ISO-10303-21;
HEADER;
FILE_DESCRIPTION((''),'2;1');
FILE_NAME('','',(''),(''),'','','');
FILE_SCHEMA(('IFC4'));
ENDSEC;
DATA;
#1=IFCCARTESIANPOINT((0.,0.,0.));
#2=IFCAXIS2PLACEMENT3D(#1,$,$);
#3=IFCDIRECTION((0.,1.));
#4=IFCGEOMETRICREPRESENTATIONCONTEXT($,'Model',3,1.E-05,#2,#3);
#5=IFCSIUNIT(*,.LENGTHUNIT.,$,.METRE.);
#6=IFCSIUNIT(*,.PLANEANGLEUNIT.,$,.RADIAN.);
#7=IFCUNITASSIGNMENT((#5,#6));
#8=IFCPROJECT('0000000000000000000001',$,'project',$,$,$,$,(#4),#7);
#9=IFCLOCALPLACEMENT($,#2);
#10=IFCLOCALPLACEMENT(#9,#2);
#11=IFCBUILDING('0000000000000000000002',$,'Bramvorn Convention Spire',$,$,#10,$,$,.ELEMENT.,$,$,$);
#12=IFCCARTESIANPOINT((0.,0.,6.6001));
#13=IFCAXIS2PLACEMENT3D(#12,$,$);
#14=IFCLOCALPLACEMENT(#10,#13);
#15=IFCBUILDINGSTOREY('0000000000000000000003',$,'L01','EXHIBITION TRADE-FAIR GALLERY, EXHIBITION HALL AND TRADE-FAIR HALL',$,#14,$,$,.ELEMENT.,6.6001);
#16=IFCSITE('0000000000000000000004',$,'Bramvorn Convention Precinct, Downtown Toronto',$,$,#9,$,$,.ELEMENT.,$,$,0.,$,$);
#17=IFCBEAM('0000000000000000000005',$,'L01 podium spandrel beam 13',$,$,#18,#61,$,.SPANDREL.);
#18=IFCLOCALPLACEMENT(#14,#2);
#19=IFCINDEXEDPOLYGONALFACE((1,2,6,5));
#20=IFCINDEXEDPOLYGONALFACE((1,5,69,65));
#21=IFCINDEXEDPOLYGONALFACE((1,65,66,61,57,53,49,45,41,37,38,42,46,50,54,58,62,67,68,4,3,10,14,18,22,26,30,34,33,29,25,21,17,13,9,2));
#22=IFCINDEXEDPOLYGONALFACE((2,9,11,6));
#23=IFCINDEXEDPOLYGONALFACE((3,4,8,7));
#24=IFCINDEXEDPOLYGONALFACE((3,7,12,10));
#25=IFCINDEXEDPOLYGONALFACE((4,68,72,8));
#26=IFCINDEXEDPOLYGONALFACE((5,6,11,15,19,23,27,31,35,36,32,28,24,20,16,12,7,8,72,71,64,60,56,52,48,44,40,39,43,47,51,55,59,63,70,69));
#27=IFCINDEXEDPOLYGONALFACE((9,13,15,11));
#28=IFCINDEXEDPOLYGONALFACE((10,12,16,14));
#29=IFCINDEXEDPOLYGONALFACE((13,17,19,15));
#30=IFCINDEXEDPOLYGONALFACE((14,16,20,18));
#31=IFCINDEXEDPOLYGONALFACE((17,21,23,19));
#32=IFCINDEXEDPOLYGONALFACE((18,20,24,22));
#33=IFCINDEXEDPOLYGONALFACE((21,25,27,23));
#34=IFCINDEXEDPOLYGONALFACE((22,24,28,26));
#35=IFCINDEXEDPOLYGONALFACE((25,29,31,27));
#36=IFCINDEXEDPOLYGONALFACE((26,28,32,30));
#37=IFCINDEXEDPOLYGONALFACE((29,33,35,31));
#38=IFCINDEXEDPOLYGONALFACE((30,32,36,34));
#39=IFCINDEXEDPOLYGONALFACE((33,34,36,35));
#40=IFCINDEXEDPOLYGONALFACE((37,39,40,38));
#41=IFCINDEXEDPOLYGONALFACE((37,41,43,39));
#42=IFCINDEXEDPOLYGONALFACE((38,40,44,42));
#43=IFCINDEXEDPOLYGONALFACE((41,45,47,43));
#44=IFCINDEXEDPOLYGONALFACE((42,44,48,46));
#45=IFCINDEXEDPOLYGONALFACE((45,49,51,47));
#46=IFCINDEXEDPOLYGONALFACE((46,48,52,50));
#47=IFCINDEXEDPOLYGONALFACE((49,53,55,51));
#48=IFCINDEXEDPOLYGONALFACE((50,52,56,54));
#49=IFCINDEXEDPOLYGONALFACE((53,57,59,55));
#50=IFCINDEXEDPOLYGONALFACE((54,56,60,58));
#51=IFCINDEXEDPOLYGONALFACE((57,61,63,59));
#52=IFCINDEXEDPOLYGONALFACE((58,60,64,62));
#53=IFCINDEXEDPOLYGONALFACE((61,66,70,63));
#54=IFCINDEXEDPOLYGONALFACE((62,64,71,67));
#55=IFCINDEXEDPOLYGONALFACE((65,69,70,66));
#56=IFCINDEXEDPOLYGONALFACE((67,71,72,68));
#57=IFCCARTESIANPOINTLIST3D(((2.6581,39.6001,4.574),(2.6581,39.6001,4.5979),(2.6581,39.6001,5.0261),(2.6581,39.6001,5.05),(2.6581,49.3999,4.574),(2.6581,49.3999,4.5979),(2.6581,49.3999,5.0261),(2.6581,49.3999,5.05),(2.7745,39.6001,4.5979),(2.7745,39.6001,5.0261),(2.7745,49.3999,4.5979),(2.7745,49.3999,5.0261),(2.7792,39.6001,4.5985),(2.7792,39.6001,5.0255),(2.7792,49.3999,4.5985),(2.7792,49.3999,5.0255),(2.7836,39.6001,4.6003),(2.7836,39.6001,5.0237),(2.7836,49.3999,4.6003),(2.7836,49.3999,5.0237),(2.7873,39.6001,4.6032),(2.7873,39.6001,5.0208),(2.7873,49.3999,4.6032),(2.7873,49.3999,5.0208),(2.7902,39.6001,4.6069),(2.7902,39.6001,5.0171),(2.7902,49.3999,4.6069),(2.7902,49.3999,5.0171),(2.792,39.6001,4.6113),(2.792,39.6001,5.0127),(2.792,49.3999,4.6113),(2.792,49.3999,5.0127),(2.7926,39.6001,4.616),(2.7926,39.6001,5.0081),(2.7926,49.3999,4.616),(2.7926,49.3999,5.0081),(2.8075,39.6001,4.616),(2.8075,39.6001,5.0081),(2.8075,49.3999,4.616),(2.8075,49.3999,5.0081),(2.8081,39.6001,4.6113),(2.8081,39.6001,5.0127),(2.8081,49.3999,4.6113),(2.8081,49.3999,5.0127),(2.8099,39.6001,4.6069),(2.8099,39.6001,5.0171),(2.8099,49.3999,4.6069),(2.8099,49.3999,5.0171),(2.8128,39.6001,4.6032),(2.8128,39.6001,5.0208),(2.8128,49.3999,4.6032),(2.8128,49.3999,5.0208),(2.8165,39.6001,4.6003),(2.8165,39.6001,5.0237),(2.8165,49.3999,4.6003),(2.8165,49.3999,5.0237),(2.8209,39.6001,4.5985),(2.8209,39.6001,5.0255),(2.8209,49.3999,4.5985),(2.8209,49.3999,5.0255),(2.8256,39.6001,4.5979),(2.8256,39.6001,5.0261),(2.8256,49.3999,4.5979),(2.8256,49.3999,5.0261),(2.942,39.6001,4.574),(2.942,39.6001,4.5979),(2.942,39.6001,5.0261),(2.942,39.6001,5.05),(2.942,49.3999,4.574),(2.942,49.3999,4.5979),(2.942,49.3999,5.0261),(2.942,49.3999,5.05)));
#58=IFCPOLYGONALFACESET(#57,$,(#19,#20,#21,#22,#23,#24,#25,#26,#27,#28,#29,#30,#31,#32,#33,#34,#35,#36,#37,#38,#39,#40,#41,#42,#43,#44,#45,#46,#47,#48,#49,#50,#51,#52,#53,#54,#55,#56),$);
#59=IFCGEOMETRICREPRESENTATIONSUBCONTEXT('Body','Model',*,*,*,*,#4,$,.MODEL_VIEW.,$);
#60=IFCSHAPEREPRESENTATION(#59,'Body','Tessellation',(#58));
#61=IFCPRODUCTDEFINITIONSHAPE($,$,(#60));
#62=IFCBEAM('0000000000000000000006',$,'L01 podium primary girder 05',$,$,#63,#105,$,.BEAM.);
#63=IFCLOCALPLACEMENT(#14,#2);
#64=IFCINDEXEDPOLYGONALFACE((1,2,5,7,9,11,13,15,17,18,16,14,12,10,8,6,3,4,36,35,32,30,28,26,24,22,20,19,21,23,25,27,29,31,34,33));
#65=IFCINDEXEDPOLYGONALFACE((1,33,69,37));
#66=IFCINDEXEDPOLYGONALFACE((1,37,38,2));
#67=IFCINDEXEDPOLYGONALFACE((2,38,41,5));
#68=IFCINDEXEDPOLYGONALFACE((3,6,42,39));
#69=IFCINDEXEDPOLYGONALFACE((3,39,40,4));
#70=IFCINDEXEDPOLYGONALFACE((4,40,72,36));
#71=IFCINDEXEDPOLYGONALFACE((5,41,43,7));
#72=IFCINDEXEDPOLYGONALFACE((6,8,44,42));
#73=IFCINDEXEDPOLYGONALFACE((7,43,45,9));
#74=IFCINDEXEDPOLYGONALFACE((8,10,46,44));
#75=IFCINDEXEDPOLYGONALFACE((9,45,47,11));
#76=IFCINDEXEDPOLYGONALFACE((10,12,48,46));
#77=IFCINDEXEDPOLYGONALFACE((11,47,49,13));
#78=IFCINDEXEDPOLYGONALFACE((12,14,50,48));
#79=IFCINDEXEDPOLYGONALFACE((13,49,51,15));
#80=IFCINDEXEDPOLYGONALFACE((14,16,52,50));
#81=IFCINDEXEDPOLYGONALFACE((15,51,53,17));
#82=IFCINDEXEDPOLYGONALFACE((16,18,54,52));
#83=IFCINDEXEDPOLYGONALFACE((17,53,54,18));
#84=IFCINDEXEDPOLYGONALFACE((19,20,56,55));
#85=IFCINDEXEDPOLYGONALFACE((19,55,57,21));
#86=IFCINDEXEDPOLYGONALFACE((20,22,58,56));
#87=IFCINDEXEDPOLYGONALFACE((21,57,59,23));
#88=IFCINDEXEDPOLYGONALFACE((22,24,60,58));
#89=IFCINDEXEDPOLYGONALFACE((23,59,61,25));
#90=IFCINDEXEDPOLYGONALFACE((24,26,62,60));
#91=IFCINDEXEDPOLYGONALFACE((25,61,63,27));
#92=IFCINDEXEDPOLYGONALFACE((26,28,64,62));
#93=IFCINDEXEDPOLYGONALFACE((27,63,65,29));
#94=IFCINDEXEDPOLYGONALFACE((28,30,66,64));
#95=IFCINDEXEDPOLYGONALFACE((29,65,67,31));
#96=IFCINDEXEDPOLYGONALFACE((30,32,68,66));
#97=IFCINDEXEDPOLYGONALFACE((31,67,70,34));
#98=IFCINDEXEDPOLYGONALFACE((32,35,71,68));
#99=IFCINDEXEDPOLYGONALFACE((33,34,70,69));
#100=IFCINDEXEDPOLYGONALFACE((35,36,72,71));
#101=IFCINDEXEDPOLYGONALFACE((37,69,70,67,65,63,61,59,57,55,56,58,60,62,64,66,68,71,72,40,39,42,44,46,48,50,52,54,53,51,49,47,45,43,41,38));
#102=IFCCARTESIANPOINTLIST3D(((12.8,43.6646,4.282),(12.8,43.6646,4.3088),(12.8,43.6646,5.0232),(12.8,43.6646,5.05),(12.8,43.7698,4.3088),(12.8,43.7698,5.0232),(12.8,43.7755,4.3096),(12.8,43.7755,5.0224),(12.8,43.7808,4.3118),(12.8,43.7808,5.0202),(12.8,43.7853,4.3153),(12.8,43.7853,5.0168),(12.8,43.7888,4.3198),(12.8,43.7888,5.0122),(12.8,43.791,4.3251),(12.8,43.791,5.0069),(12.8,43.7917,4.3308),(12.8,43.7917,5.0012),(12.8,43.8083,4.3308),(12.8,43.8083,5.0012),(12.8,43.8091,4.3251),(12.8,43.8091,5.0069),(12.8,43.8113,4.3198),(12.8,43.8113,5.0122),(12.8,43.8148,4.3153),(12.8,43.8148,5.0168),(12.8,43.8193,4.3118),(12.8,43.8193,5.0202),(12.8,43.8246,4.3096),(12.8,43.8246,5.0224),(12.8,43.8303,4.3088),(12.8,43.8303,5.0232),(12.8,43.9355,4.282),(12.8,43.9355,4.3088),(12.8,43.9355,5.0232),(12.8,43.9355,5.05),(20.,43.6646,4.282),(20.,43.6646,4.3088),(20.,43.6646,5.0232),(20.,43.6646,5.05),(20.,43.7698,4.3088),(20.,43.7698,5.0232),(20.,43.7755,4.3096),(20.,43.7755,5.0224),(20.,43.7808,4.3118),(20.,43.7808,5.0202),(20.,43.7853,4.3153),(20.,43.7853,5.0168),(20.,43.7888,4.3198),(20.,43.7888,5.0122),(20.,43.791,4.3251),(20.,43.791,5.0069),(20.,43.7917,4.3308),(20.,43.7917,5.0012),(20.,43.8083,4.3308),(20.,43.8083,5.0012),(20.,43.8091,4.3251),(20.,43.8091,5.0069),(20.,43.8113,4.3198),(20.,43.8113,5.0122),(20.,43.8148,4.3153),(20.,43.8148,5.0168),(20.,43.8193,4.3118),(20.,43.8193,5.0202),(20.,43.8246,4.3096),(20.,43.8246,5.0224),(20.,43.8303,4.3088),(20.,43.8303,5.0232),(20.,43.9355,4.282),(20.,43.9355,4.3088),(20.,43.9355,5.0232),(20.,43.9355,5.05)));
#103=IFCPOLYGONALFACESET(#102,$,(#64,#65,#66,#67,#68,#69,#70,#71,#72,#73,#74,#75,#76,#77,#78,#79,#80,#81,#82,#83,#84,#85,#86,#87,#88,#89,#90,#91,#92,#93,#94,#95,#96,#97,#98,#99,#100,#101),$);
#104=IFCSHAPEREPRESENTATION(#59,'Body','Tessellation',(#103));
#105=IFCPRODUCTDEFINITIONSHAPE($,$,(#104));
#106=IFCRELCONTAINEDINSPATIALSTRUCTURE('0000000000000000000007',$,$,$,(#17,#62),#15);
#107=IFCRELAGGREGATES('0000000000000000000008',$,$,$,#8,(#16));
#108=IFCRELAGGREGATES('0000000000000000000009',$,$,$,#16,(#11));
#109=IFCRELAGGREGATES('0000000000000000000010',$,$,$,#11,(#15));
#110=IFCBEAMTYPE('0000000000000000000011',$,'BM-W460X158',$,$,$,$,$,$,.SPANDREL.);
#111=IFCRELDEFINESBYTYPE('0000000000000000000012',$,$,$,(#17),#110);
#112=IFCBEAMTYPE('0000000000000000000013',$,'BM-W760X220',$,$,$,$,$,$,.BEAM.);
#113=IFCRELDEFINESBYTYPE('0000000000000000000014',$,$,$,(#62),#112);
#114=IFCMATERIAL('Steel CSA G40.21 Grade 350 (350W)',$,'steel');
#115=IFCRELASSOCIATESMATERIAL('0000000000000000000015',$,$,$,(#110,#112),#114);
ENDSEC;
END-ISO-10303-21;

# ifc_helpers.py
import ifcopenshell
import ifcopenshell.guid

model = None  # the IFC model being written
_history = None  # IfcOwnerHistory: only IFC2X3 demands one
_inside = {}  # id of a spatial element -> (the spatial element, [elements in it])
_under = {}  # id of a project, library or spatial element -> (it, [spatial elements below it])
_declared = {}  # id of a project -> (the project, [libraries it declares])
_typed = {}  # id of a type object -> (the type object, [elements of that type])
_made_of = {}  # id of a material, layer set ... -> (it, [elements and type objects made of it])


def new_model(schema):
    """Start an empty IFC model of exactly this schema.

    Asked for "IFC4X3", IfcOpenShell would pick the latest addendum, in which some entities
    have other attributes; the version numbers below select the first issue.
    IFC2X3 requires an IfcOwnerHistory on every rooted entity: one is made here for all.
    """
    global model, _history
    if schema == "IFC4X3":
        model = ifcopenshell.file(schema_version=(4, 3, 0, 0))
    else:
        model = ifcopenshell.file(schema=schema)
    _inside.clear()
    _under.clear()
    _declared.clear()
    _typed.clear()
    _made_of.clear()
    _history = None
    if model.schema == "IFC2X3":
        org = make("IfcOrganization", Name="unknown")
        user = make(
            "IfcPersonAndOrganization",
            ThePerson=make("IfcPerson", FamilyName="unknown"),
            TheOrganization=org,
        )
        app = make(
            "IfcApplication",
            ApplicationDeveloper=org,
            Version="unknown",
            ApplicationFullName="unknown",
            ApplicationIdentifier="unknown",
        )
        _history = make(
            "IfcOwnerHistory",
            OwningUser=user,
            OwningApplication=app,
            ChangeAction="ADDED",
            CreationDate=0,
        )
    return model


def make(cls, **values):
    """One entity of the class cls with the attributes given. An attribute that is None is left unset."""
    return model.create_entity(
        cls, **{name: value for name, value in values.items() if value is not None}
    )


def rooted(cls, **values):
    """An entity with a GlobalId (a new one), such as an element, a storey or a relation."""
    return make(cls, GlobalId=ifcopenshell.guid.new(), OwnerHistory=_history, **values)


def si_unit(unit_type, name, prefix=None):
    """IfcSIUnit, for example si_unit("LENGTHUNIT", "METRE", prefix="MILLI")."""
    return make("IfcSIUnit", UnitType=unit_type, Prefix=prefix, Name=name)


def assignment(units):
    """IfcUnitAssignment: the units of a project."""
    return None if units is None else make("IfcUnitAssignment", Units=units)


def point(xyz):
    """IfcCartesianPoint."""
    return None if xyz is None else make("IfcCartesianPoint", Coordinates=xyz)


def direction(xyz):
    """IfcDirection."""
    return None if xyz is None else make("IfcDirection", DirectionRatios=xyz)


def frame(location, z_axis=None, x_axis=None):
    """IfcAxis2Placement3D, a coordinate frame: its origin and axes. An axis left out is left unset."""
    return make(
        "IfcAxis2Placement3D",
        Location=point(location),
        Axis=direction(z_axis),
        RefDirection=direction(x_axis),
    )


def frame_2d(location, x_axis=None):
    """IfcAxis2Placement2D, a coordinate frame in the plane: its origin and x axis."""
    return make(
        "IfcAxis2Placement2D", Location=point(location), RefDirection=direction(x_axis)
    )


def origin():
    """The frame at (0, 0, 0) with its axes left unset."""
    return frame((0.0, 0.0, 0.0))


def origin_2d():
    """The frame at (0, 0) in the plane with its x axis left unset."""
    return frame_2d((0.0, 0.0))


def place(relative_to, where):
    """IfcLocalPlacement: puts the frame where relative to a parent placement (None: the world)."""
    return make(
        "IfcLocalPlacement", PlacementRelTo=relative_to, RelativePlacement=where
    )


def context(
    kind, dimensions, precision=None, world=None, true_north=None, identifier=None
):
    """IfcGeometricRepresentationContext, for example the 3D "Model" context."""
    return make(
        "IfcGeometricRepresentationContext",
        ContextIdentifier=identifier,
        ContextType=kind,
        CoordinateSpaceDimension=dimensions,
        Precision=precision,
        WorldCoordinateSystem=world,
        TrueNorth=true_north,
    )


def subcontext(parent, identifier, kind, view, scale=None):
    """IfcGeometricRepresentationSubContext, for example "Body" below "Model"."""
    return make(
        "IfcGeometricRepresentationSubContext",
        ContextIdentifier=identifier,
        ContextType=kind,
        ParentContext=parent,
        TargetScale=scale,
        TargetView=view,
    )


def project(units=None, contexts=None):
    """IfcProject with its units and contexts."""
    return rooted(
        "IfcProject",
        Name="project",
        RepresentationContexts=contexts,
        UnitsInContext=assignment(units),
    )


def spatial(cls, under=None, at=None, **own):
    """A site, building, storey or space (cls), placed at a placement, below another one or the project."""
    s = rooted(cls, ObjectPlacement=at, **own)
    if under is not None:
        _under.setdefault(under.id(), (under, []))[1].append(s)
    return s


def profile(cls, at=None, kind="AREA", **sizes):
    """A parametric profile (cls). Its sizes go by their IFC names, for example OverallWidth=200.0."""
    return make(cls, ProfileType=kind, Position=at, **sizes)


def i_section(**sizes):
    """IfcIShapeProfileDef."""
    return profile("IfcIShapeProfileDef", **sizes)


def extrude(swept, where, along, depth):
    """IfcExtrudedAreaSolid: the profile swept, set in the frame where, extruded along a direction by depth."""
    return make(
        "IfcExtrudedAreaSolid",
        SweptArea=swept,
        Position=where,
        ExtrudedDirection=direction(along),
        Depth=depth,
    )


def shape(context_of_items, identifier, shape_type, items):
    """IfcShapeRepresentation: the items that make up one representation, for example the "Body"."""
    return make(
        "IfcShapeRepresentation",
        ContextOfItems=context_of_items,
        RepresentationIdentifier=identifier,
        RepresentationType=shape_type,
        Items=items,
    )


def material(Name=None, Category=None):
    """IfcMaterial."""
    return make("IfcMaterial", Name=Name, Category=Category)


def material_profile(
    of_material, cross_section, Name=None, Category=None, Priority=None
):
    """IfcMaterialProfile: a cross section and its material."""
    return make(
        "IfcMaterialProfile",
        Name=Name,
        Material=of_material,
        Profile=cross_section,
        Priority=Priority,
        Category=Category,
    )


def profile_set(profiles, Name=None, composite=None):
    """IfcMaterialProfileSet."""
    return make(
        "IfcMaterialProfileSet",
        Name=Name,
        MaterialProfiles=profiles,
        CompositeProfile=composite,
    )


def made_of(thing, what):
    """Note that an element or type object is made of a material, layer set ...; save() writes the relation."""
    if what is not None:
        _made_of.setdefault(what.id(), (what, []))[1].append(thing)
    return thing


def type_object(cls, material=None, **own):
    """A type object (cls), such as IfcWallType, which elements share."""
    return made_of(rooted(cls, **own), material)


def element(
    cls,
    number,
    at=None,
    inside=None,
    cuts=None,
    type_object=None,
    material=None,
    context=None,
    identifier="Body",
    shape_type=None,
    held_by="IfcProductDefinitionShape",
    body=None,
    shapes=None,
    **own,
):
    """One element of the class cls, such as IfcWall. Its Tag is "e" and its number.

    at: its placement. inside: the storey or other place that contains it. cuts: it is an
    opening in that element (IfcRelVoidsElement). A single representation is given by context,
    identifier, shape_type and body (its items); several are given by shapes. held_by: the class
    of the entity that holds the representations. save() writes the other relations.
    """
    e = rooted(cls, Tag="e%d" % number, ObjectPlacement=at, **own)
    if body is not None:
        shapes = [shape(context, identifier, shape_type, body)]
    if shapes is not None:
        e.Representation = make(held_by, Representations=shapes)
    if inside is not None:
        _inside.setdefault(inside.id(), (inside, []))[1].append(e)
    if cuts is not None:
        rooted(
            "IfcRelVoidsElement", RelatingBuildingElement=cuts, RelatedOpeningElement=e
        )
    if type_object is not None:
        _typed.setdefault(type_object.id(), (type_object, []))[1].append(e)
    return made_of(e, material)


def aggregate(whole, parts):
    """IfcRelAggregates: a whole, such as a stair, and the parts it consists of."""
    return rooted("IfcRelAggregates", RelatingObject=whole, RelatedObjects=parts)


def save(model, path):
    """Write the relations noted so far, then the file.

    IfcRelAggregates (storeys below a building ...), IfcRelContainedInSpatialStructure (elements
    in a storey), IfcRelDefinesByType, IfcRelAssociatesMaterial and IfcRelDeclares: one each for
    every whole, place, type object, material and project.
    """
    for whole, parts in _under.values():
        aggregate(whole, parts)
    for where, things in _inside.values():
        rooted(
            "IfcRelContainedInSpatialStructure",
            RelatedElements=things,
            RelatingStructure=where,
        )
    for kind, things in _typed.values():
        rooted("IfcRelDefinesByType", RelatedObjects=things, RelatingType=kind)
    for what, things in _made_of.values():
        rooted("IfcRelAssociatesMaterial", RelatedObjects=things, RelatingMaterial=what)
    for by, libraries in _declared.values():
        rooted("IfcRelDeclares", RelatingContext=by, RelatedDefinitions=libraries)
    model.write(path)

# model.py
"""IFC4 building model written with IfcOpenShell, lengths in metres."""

from ifc_helpers import new_model, si_unit, direction, frame, origin, origin_2d, place, context, subcontext, project, spatial, i_section, extrude, material, material_profile, profile_set, type_object, element, save


model = new_model("IFC4")

# Units and contexts
model_context = context("Model", 3, precision=1e-05, world=origin(), true_north=direction((0.0, 1.0)))
body_context = subcontext(model_context, "Body", "Model", "MODEL_VIEW")
ifc_project = project(units=[si_unit("LENGTHUNIT", "METRE"), si_unit("PLANEANGLEUNIT", "RADIAN")], contexts=[model_context])

# Site, building, storey
site_placement = place(None, origin())
site = spatial("IfcSite", under=ifc_project, at=site_placement, Name="Bramvorn Convention Precinct, Downtown Toronto", CompositionType="ELEMENT", RefElevation=0.0)
building_placement = place(site_placement, origin())
building = spatial("IfcBuilding", under=site, at=building_placement, Name="Bramvorn Convention Spire", CompositionType="ELEMENT")
storey_placement = place(building_placement, frame((0.0, 0.0, 6.6001)))
storey = spatial("IfcBuildingStorey", under=building, at=storey_placement, Name="L01", Description="EXHIBITION TRADE-FAIR GALLERY, EXHIBITION HALL AND TRADE-FAIR HALL", CompositionType="ELEMENT", Elevation=6.6001)

# Shared definitions
ifc_material_1 = material(Name="Steel CSA G40.21 Grade 350 (350W)", Category="steel")

# Beams
ifc_material_profile_1 = material_profile(ifc_material_1, i_section(OverallWidth=0.2839, OverallDepth=0.4761, WebThickness=0.0149, FlangeThickness=0.0239, FilletRadius=0.0181, at=origin_2d()))
ifc_profile_set_1 = profile_set([ifc_material_profile_1], Name="Steel CSA G40.21 Grade 350 (350W) - W460X158")
beam_type_1 = type_object("IfcBeamType", Name="BM-W460X158", PredefinedType="SPANDREL", material=ifc_profile_set_1)
beam_1_placement = place(storey_placement, frame((2.8, 49.3999, 4.812), z_axis=(0.0, -1.0, 0.0), x_axis=(1.0, 0.0, 0.0)))
element("IfcBeam", 1, at=beam_1_placement, inside=storey, type_object=beam_type_1, Name="L01 podium spandrel beam 13", PredefinedType="SPANDREL", context=body_context, shape_type="SweptSolid", body=[
    extrude(i_section(OverallWidth=0.2839, OverallDepth=0.4761, WebThickness=0.0149, FlangeThickness=0.0239, FilletRadius=0.0181, at=origin_2d()), origin(), (0.0, 0.0, 1.0), 9.7998),
])
ifc_material_profile_2 = material_profile(ifc_material_1, i_section(OverallWidth=0.271, OverallDepth=0.7681, WebThickness=0.0166, FlangeThickness=0.0269, FilletRadius=0.022, at=origin_2d()))
ifc_profile_set_2 = profile_set([ifc_material_profile_2], Name="Steel CSA G40.21 Grade 350 (350W) - W760X220")
beam_type_2 = type_object("IfcBeamType", Name="BM-W760X220", PredefinedType="BEAM", material=ifc_profile_set_2)
beam_2_placement = place(storey_placement, frame((12.8, 43.8, 4.666), z_axis=(1.0, 0.0, 0.0), x_axis=(0.0, 1.0, 0.0)))
element("IfcBeam", 2, at=beam_2_placement, inside=storey, type_object=beam_type_2, Name="L01 podium primary girder 05", PredefinedType="BEAM", context=body_context, shape_type="SweptSolid", body=[
    extrude(i_section(OverallWidth=0.271, OverallDepth=0.7681, WebThickness=0.0166, FlangeThickness=0.0269, FilletRadius=0.022, at=origin_2d()), origin(), (0.0, 0.0, 1.0), 7.2),
])

save(model, "model.ifc")
